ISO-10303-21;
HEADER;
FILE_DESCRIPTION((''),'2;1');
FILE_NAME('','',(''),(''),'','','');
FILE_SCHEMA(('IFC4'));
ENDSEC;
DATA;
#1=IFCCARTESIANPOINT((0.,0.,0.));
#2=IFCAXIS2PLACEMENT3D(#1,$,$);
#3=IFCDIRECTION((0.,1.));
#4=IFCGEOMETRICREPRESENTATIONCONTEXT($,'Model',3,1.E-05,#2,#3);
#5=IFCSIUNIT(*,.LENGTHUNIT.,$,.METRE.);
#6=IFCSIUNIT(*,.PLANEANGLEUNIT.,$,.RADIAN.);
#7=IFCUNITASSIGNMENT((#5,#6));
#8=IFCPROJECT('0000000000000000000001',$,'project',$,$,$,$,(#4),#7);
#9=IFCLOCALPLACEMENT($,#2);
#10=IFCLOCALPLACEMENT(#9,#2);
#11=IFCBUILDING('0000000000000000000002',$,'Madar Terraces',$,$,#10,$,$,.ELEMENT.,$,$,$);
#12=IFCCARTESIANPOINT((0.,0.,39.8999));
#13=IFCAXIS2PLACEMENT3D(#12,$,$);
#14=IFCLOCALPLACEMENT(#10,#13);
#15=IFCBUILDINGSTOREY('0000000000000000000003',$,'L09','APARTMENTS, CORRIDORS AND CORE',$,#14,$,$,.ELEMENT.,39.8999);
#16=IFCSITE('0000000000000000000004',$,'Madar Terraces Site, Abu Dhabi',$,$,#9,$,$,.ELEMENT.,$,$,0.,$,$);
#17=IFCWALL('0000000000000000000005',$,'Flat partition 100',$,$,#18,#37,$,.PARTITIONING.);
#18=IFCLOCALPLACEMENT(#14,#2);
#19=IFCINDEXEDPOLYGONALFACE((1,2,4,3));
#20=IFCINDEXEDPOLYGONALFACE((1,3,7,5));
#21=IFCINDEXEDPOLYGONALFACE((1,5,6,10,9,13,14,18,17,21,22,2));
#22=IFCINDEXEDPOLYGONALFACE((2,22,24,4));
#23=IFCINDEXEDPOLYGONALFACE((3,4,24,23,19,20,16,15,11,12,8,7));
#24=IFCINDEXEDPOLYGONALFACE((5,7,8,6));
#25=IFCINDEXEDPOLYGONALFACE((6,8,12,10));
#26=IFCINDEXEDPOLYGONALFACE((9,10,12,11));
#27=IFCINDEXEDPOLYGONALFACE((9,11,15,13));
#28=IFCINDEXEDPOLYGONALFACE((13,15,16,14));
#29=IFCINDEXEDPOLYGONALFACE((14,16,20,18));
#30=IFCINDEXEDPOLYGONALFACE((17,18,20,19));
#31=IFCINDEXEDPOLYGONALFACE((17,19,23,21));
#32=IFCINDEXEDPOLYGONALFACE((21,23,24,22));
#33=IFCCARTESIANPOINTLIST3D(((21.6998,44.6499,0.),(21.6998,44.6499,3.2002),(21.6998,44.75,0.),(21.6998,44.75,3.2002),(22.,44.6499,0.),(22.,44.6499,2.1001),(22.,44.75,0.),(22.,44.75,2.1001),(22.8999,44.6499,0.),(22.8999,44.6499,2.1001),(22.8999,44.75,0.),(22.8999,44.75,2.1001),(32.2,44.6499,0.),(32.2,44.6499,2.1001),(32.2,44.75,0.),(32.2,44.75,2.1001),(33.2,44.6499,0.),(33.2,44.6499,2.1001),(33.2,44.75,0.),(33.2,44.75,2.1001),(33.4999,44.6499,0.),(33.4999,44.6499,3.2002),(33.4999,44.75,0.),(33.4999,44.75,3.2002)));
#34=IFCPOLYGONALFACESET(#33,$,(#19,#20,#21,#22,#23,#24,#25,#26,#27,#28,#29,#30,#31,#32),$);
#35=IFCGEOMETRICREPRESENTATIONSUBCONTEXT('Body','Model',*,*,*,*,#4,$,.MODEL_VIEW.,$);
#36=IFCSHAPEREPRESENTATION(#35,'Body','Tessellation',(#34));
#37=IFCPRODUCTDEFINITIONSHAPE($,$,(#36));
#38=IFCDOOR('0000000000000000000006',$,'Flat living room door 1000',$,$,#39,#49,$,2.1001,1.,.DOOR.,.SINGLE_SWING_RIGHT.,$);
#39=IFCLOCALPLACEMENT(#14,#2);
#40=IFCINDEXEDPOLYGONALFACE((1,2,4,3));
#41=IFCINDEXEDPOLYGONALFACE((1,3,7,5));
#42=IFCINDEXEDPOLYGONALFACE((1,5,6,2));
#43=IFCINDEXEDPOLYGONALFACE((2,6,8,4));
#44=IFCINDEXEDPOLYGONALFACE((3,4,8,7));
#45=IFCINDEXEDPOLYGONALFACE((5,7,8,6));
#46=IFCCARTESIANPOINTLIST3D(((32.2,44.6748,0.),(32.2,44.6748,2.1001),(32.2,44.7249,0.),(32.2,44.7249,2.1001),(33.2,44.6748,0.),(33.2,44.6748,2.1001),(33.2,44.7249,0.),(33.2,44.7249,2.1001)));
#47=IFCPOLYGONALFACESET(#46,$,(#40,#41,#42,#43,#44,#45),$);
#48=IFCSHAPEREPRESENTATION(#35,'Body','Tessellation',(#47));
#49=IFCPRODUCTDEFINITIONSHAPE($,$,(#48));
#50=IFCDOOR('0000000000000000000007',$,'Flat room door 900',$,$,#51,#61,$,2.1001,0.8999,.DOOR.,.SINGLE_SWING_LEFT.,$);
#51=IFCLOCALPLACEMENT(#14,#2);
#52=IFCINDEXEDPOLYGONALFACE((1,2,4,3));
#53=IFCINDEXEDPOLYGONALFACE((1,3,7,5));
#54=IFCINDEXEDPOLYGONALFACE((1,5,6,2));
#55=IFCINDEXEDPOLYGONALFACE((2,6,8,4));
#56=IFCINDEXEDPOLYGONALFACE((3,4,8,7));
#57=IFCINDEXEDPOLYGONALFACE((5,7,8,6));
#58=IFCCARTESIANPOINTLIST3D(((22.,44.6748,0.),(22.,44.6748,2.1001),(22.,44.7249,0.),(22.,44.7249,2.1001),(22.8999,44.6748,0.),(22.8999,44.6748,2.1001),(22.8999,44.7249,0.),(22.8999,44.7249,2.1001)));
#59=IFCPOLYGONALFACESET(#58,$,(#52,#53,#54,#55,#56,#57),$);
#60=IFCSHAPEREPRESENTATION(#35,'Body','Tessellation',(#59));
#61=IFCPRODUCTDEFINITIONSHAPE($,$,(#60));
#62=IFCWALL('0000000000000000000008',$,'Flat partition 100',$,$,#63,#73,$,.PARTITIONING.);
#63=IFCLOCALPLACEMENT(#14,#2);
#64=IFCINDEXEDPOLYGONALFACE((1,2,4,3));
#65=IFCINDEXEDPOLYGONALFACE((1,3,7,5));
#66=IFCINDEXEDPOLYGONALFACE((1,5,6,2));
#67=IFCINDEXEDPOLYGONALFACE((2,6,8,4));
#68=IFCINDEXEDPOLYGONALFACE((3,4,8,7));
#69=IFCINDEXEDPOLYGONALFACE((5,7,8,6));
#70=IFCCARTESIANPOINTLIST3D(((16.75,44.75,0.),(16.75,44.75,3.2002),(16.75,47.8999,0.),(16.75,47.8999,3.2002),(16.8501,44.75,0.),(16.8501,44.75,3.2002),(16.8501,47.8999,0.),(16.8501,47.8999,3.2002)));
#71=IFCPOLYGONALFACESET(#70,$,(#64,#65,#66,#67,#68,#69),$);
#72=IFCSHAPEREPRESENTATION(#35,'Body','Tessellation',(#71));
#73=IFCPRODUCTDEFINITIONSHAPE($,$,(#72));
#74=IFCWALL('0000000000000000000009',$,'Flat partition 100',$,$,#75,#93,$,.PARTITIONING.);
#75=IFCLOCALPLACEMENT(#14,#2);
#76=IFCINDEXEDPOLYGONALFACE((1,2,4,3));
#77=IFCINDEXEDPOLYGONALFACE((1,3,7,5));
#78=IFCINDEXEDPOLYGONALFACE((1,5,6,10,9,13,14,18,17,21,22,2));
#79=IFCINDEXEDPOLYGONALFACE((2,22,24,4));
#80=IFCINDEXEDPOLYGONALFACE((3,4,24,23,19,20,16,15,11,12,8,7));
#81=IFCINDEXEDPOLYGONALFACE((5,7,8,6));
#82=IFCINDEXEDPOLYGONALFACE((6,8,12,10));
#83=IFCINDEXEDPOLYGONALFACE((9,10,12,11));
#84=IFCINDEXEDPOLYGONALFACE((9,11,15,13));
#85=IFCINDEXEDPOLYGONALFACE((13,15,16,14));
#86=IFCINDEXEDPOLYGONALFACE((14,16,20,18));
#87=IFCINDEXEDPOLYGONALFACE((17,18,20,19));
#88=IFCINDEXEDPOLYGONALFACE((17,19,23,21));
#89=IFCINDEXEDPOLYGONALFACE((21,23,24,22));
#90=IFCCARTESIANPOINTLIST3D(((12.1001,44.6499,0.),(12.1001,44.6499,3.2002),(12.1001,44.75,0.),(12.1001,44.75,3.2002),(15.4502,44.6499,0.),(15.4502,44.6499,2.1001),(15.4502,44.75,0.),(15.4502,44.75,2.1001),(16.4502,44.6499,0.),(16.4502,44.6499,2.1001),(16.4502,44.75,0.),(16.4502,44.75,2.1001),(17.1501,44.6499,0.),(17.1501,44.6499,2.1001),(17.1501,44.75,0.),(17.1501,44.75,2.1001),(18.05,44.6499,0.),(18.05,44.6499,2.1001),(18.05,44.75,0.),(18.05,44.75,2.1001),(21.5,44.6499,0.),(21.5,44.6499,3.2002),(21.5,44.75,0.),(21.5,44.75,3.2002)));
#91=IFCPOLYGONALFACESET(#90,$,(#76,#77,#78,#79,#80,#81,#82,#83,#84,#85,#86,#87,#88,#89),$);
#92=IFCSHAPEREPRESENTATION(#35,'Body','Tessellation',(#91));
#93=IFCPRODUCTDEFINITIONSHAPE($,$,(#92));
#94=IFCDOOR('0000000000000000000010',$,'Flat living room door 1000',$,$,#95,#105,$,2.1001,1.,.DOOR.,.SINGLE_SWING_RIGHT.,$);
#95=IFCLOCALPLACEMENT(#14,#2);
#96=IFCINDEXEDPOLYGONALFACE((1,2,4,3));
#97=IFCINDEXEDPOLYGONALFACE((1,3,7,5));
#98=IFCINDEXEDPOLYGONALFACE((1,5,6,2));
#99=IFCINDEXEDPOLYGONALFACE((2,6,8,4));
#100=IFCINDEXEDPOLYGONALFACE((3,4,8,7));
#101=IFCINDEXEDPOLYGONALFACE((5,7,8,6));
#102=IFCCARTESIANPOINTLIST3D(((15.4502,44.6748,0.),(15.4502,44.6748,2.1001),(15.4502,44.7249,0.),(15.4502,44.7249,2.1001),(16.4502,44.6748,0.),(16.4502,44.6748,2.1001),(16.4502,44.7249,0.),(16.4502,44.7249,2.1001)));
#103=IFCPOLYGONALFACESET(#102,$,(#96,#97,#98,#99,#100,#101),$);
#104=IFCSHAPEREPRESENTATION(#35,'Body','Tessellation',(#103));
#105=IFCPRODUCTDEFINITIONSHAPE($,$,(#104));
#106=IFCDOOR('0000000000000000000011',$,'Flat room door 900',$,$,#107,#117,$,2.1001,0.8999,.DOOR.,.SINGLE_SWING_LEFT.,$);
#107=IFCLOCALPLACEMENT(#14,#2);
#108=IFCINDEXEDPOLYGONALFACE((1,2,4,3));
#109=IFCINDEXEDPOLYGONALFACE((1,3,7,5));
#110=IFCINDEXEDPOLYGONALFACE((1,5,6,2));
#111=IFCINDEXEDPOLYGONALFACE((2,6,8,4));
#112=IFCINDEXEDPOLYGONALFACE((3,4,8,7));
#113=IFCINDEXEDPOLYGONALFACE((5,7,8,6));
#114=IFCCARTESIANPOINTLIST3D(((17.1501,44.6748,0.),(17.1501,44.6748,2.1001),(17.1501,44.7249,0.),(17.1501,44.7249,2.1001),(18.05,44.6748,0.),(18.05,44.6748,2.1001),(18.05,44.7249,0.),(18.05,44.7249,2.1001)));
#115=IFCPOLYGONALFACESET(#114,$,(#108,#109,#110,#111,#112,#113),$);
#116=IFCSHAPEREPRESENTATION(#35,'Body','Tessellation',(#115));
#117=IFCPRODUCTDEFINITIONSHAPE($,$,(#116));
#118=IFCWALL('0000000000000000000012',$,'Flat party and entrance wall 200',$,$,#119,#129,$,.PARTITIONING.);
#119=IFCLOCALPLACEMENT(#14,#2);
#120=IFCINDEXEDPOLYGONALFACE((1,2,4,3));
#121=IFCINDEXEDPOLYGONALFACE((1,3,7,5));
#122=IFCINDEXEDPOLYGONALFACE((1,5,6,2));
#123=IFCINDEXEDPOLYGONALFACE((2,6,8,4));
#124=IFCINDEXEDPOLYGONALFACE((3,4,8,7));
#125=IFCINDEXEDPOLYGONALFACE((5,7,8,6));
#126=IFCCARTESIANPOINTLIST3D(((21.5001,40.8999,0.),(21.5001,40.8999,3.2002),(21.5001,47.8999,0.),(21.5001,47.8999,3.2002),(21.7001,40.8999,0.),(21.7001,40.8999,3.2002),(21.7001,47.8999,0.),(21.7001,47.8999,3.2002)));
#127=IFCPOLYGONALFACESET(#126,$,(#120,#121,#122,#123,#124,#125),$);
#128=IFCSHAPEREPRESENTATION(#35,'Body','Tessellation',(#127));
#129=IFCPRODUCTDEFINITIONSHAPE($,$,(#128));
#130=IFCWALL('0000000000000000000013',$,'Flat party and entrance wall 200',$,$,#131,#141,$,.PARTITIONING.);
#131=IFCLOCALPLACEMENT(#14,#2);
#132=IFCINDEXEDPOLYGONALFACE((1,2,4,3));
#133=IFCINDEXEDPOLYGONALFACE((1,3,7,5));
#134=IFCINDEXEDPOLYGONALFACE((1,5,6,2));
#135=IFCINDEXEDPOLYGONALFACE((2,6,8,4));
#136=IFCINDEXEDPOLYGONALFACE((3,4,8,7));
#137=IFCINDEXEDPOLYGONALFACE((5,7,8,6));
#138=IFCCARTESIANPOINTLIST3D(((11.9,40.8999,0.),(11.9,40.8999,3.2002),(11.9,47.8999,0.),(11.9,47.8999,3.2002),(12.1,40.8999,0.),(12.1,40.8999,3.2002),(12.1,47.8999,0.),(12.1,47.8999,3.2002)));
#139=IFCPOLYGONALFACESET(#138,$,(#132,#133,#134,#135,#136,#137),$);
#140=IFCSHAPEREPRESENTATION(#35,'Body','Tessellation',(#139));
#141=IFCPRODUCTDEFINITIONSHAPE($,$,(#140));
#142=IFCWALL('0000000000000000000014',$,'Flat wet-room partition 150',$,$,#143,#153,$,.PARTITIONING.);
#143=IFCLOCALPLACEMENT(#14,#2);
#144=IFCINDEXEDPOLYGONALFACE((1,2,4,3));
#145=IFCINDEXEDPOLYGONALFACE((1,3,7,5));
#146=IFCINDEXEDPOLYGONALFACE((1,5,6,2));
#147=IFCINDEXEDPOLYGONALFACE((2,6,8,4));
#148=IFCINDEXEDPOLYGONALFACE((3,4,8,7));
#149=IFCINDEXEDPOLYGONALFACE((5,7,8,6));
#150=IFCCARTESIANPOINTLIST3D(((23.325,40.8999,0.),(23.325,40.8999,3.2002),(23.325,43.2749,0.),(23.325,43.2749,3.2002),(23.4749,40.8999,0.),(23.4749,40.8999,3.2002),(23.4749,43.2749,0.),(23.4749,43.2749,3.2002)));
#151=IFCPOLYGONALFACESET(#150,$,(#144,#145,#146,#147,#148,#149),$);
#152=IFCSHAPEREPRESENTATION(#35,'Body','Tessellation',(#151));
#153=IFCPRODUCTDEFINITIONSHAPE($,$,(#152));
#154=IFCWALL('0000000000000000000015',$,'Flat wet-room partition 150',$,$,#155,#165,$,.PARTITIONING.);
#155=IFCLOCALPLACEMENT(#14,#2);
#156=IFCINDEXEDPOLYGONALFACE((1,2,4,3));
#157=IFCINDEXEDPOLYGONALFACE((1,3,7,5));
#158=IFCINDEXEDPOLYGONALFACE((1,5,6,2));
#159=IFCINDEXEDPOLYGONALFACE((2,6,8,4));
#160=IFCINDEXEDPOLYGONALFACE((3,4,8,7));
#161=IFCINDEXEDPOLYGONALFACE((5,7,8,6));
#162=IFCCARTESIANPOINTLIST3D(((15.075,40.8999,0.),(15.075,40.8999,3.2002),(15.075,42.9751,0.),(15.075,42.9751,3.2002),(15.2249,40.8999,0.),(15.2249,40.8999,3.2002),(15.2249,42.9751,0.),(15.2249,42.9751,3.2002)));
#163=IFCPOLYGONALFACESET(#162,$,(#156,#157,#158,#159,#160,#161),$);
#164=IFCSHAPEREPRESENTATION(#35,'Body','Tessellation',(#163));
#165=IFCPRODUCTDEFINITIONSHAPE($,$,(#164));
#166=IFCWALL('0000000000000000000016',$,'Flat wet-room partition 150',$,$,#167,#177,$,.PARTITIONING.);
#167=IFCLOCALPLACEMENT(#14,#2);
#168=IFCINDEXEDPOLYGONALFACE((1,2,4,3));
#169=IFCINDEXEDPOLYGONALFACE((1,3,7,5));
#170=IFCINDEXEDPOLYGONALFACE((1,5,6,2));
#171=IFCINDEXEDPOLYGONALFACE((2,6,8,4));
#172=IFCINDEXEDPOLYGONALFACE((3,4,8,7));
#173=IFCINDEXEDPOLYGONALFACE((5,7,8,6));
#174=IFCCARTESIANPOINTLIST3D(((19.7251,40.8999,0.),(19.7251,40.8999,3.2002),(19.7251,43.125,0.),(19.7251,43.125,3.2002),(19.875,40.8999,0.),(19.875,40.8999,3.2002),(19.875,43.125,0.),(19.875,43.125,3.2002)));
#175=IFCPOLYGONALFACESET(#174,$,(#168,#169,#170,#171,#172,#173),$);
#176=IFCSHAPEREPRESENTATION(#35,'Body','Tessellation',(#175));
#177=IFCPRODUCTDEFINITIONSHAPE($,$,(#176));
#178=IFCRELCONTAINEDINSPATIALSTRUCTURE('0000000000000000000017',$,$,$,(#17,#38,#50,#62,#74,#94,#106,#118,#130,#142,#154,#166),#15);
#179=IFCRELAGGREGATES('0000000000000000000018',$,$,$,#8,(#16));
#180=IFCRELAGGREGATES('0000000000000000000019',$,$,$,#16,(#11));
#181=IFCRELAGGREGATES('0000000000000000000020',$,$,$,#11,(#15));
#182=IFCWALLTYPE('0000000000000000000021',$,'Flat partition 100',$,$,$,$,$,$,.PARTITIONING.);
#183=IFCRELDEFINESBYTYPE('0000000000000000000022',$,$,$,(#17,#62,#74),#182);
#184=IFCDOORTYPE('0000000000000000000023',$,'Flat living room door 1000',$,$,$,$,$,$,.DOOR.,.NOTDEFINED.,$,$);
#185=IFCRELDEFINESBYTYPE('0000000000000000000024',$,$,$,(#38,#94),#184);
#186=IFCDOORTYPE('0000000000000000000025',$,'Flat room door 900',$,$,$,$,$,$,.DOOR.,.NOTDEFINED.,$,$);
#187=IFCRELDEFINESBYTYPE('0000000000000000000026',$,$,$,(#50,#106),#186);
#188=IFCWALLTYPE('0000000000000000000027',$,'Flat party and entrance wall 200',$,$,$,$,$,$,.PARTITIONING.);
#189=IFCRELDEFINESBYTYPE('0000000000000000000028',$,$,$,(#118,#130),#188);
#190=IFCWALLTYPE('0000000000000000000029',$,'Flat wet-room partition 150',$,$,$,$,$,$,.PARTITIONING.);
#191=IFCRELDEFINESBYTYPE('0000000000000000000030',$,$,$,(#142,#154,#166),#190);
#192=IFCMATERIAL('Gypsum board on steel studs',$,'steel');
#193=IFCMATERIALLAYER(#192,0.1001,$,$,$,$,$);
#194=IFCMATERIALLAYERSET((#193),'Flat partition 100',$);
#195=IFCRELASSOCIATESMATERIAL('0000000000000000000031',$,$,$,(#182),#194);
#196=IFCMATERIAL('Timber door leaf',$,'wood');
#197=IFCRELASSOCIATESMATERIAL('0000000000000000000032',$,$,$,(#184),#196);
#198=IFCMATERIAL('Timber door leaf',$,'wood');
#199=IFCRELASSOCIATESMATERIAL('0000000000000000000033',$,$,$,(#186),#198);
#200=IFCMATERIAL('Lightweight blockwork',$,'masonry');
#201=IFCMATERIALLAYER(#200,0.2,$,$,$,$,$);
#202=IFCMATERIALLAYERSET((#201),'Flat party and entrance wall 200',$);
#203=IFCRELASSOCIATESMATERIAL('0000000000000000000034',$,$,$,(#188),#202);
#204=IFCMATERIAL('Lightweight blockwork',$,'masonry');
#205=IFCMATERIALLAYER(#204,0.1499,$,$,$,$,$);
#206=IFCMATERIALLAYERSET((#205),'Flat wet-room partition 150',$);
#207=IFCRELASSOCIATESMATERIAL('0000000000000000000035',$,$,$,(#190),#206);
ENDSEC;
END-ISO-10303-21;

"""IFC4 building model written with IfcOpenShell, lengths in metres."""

from ifc_helpers import new_model, si_unit, direction, frame, frame_2d, origin, place, context, subcontext, project, spatial, rectangle, extrude, material, layer, layer_set, type_object, element, fill, save


model = new_model("IFC4")

# Units and contexts
model_context = context("Model", 3, precision=1e-05, world=origin(), true_north=direction((0.0, 1.0)))
body_context = subcontext(model_context, "Body", "Model", "MODEL_VIEW")
ifc_project = project(units=[si_unit("LENGTHUNIT", "METRE"), si_unit("PLANEANGLEUNIT", "RADIAN")], contexts=[model_context])

# Site, building, storey
site_placement = place(None, origin())
site = spatial("IfcSite", under=ifc_project, at=site_placement, Name="Madar Terraces Site, Abu Dhabi", CompositionType="ELEMENT", RefElevation=0.0)
building_placement = place(site_placement, origin())
building = spatial("IfcBuilding", under=site, at=building_placement, Name="Madar Terraces", CompositionType="ELEMENT")
storey_placement = place(building_placement, frame((0.0, 0.0, 39.8999)))
storey = spatial("IfcBuildingStorey", under=building, at=storey_placement, Name="L09", Description="APARTMENTS, CORRIDORS AND CORE", CompositionType="ELEMENT", Elevation=39.8999)

# Shared definitions
ifc_material_1 = material(Name="Gypsum board on steel studs", Category="steel")
ifc_layer_1 = layer(ifc_material_1, 0.1001)
ifc_layer_set_1 = layer_set([ifc_layer_1], Name="Flat partition 100")
wall_type_1 = type_object("IfcWallType", Name="Flat partition 100", PredefinedType="PARTITIONING", material=ifc_layer_set_1)

# Wall, openings, doors
wall_1_placement = place(storey_placement, frame((21.7, 44.7, 0.0), z_axis=(0.0, 0.0, 1.0), x_axis=(1.0, 0.0, 0.0)))
wall_1 = element("IfcWall", 1, at=wall_1_placement, inside=storey, type_object=wall_type_1, Name="Flat partition 100", PredefinedType="PARTITIONING", context=body_context, shape_type="SweptSolid", body=[
    extrude(rectangle(XDim=11.8, YDim=0.1001, at=frame_2d((5.8999, 0.0))), origin(), (0.0, 0.0, 1.0), 3.2002),
])
opening_1_placement = place(wall_1_placement, frame((0.3, 0.0, 0.0)))
opening_1 = element("IfcOpeningElement", 2, at=opening_1_placement, cuts=wall_1, PredefinedType="OPENING", context=body_context, shape_type="SweptSolid", body=[
    extrude(rectangle(XDim=0.8999, YDim=2.1001, at=frame_2d((0.45, 1.05))), frame((0.0, 0.0601, 0.0), z_axis=(0.0, -1.0, 0.0), x_axis=(1.0, 0.0, 0.0)), (0.0, 0.0, 1.0), 0.1201),
])
opening_2_placement = place(wall_1_placement, frame((10.5, 0.0, 0.0)))
opening_2 = element("IfcOpeningElement", 3, at=opening_2_placement, cuts=wall_1, PredefinedType="OPENING", context=body_context, shape_type="SweptSolid", body=[
    extrude(rectangle(XDim=1.0, YDim=2.1001, at=frame_2d((0.5, 1.05))), frame((0.0, 0.0601, 0.0), z_axis=(0.0, -1.0, 0.0), x_axis=(1.0, 0.0, 0.0)), (0.0, 0.0, 1.0), 0.1201),
])
ifc_material_2 = material(Name="Timber door leaf", Category="wood")
door_type_1 = type_object("IfcDoorType", Name="Flat living room door 1000", OperationType="NOTDEFINED", PredefinedType="DOOR", material=ifc_material_2)
door_1_placement = place(opening_2_placement, origin())
door_1 = element("IfcDoor", 4, at=door_1_placement, inside=storey, type_object=door_type_1, Name="Flat living room door 1000", OperationType="SINGLE_SWING_RIGHT", OverallHeight=2.1001, OverallWidth=1.0, PredefinedType="DOOR", context=body_context, shape_type="SweptSolid", body=[
    extrude(rectangle(XDim=1.0, YDim=2.1001, at=frame_2d((0.5, 1.05))), frame((0.0, 0.0249, 0.0), z_axis=(0.0, -1.0, 0.0), x_axis=(1.0, 0.0, 0.0)), (0.0, 0.0, 1.0), 0.05),
])
fill(opening_2, door_1)
ifc_material_3 = material(Name="Timber door leaf", Category="wood")
door_type_2 = type_object("IfcDoorType", Name="Flat room door 900", OperationType="NOTDEFINED", PredefinedType="DOOR", material=ifc_material_3)
door_2_placement = place(opening_1_placement, origin())
door_2 = element("IfcDoor", 5, at=door_2_placement, inside=storey, type_object=door_type_2, Name="Flat room door 900", OperationType="SINGLE_SWING_LEFT", OverallHeight=2.1001, OverallWidth=0.8999, PredefinedType="DOOR", context=body_context, shape_type="SweptSolid", body=[
    extrude(rectangle(XDim=0.8999, YDim=2.1001, at=frame_2d((0.45, 1.05))), frame((0.0, 0.0249, 0.0), z_axis=(0.0, -1.0, 0.0), x_axis=(1.0, 0.0, 0.0)), (0.0, 0.0, 1.0), 0.05),
])
fill(opening_1, door_2)

# Wall
wall_2_placement = place(storey_placement, frame((16.8, 44.75, 0.0), z_axis=(0.0, 0.0, 1.0), x_axis=(0.0, 1.0, 0.0)))
element("IfcWall", 6, at=wall_2_placement, inside=storey, type_object=wall_type_1, Name="Flat partition 100", PredefinedType="PARTITIONING", context=body_context, shape_type="SweptSolid", body=[
    extrude(rectangle(XDim=3.1499, YDim=0.1001, at=frame_2d((1.575, 0.0))), origin(), (0.0, 0.0, 1.0), 3.2002),
])

# Wall, openings, doors
wall_3_placement = place(storey_placement, frame((12.1001, 44.7, 0.0), z_axis=(0.0, 0.0, 1.0), x_axis=(1.0, 0.0, 0.0)))
wall_3 = element("IfcWall", 7, at=wall_3_placement, inside=storey, type_object=wall_type_1, Name="Flat partition 100", PredefinedType="PARTITIONING", context=body_context, shape_type="SweptSolid", body=[
    extrude(rectangle(XDim=9.3999, YDim=0.1001, at=frame_2d((4.7, 0.0))), origin(), (0.0, 0.0, 1.0), 3.2002),
])
opening_3_placement = place(wall_3_placement, frame((5.05, 0.0, 0.0)))
opening_3 = element("IfcOpeningElement", 8, at=opening_3_placement, cuts=wall_3, PredefinedType="OPENING", context=body_context, shape_type="SweptSolid", body=[
    extrude(rectangle(XDim=0.8999, YDim=2.1001, at=frame_2d((0.45, 1.05))), frame((0.0, 0.0601, 0.0), z_axis=(0.0, -1.0, 0.0), x_axis=(1.0, 0.0, 0.0)), (0.0, 0.0, 1.0), 0.1201),
])
opening_4_placement = place(wall_3_placement, frame((3.3501, 0.0, 0.0)))
opening_4 = element("IfcOpeningElement", 9, at=opening_4_placement, cuts=wall_3, PredefinedType="OPENING", context=body_context, shape_type="SweptSolid", body=[
    extrude(rectangle(XDim=1.0, YDim=2.1001, at=frame_2d((0.5, 1.05))), frame((0.0, 0.0601, 0.0), z_axis=(0.0, -1.0, 0.0), x_axis=(1.0, 0.0, 0.0)), (0.0, 0.0, 1.0), 0.1201),
])
door_3_placement = place(opening_4_placement, origin())
door_3 = element("IfcDoor", 10, at=door_3_placement, inside=storey, type_object=door_type_1, Name="Flat living room door 1000", OperationType="SINGLE_SWING_RIGHT", OverallHeight=2.1001, OverallWidth=1.0, PredefinedType="DOOR", context=body_context, shape_type="SweptSolid", body=[
    extrude(rectangle(XDim=1.0, YDim=2.1001, at=frame_2d((0.5, 1.05))), frame((0.0, 0.0249, 0.0), z_axis=(0.0, -1.0, 0.0), x_axis=(1.0, 0.0, 0.0)), (0.0, 0.0, 1.0), 0.05),
])
fill(opening_4, door_3)
door_4_placement = place(opening_3_placement, origin())
door_4 = element("IfcDoor", 11, at=door_4_placement, inside=storey, type_object=door_type_2, Name="Flat room door 900", OperationType="SINGLE_SWING_LEFT", OverallHeight=2.1001, OverallWidth=0.8999, PredefinedType="DOOR", context=body_context, shape_type="SweptSolid", body=[
    extrude(rectangle(XDim=0.8999, YDim=2.1001, at=frame_2d((0.45, 1.05))), frame((0.0, 0.0249, 0.0), z_axis=(0.0, -1.0, 0.0), x_axis=(1.0, 0.0, 0.0)), (0.0, 0.0, 1.0), 0.05),
])
fill(opening_3, door_4)

# Walls
ifc_material_4 = material(Name="Lightweight blockwork", Category="masonry")
ifc_layer_2 = layer(ifc_material_4, 0.2)
ifc_layer_set_2 = layer_set([ifc_layer_2], Name="Flat party and entrance wall 200")
wall_type_2 = type_object("IfcWallType", Name="Flat party and entrance wall 200", PredefinedType="PARTITIONING", material=ifc_layer_set_2)
for number, where, z_axis, x_axis, name in (
    (12, (21.6001, 47.8999, 0.0), (0.0, 0.0, 1.0), (0.0, -1.0, 0.0), "Flat party and entrance wall 200"),
    (13, (12.0, 47.8999, 0.0), (0.0, 0.0, 1.0), (0.0, -1.0, 0.0), "Flat party and entrance wall 200"),
):
    element("IfcWall", number, at=place(storey_placement, frame(where, z_axis=z_axis, x_axis=x_axis)), inside=storey, type_object=wall_type_2, Name=name, PredefinedType="PARTITIONING", context=body_context, shape_type="SweptSolid", body=[
        extrude(rectangle(XDim=7.0, YDim=0.2, at=frame_2d((3.5, 0.0))), origin(), (0.0, 0.0, 1.0), 3.2002),
    ])
ifc_material_5 = material(Name="Lightweight blockwork", Category="masonry")
ifc_layer_3 = layer(ifc_material_5, 0.1499)
ifc_layer_set_3 = layer_set([ifc_layer_3], Name="Flat wet-room partition 150")
wall_type_3 = type_object("IfcWallType", Name="Flat wet-room partition 150", PredefinedType="PARTITIONING", material=ifc_layer_set_3)
wall_4_placement = place(storey_placement, frame((23.3999, 40.8999, 0.0), z_axis=(0.0, 0.0, 1.0), x_axis=(0.0, 1.0, 0.0)))
element("IfcWall", 14, at=wall_4_placement, inside=storey, type_object=wall_type_3, Name="Flat wet-room partition 150", PredefinedType="PARTITIONING", context=body_context, shape_type="SweptSolid", body=[
    extrude(rectangle(XDim=2.375, YDim=0.1499, at=frame_2d((1.1875, 0.0))), origin(), (0.0, 0.0, 1.0), 3.2002),
])
wall_5_placement = place(storey_placement, frame((15.1499, 40.8999, 0.0), z_axis=(0.0, 0.0, 1.0), x_axis=(0.0, 1.0, 0.0)))
element("IfcWall", 15, at=wall_5_placement, inside=storey, type_object=wall_type_3, Name="Flat wet-room partition 150", PredefinedType="PARTITIONING", context=body_context, shape_type="SweptSolid", body=[
    extrude(rectangle(XDim=2.0752, YDim=0.1499, at=frame_2d((1.0376, 0.0))), origin(), (0.0, 0.0, 1.0), 3.2002),
])
wall_6_placement = place(storey_placement, frame((19.8, 40.8999, 0.0), z_axis=(0.0, 0.0, 1.0), x_axis=(0.0, 1.0, 0.0)))
element("IfcWall", 16, at=wall_6_placement, inside=storey, type_object=wall_type_3, Name="Flat wet-room partition 150", PredefinedType="PARTITIONING", context=body_context, shape_type="SweptSolid", body=[
    extrude(rectangle(XDim=2.2251, YDim=0.1499, at=frame_2d((1.1125, 0.0))), origin(), (0.0, 0.0, 1.0), 3.2002),
])

save(model, "model.ifc")
